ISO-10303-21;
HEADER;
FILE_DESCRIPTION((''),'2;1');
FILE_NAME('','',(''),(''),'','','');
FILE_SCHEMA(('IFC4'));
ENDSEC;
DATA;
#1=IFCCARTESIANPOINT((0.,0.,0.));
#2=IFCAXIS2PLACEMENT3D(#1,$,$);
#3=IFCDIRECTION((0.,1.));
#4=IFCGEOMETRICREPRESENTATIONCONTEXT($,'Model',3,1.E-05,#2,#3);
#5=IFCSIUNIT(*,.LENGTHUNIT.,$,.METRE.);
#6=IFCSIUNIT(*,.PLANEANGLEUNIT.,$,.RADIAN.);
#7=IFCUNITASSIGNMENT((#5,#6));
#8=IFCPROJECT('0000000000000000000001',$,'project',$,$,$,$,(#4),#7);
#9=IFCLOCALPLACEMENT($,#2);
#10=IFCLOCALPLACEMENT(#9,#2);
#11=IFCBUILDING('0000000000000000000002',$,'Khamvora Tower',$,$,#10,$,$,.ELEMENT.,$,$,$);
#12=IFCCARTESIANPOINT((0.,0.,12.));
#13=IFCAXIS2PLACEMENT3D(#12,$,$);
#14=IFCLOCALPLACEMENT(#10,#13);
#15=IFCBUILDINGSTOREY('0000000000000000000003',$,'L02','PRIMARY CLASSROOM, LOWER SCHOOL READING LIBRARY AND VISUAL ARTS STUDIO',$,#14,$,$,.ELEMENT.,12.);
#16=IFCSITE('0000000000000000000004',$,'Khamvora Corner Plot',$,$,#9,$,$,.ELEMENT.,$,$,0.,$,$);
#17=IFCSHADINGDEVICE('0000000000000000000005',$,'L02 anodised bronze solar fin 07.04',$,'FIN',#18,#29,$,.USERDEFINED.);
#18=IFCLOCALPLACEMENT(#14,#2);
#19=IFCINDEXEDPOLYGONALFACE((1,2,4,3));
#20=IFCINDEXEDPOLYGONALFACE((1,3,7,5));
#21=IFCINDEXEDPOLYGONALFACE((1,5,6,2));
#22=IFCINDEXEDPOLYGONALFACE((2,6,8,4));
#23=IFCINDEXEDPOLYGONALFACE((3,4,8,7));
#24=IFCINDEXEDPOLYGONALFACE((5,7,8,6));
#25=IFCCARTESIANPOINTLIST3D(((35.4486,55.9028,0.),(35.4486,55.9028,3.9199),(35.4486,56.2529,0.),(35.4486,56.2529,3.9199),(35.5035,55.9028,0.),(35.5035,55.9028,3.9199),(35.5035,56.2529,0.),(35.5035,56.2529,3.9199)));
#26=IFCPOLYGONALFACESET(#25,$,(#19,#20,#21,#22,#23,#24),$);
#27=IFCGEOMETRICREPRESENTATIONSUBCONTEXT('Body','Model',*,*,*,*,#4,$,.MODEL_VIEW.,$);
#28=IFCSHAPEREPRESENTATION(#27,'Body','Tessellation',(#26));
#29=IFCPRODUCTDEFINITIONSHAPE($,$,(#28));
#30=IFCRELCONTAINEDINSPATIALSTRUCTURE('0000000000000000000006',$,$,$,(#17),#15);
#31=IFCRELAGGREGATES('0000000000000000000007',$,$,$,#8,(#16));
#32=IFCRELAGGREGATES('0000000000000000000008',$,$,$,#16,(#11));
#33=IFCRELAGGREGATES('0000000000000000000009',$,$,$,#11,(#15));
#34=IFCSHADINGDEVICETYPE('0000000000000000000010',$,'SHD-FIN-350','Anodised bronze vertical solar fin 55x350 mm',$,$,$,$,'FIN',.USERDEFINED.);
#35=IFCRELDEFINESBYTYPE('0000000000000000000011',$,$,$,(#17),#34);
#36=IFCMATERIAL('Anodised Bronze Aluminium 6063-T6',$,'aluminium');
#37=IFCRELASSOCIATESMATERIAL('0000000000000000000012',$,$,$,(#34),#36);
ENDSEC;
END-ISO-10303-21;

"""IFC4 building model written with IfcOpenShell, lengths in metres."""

from ifc_helpers import new_model, si_unit, direction, frame, origin, origin_2d, place, context, subcontext, project, spatial, rectangle, extrude, material, type_object, element, save


model = new_model("IFC4")

# Units and contexts
model_context = context("Model", 3, precision=1e-05, world=origin(), true_north=direction((0.0, 1.0)))
body_context = subcontext(model_context, "Body", "Model", "MODEL_VIEW")
ifc_project = project(units=[si_unit("LENGTHUNIT", "METRE"), si_unit("PLANEANGLEUNIT", "RADIAN")], contexts=[model_context])

# Site, building, storey
site_placement = place(None, origin())
site = spatial("IfcSite", under=ifc_project, at=site_placement, Name="Khamvora Corner Plot", CompositionType="ELEMENT", RefElevation=0.0)
building_placement = place(site_placement, origin())
building = spatial("IfcBuilding", under=site, at=building_placement, Name="Khamvora Tower", CompositionType="ELEMENT")
storey_placement = place(building_placement, frame((0.0, 0.0, 12.0)))
storey = spatial("IfcBuildingStorey", under=building, at=storey_placement, Name="L02", Description="PRIMARY CLASSROOM, LOWER SCHOOL READING LIBRARY AND VISUAL ARTS STUDIO", CompositionType="ELEMENT", Elevation=12.0)

# Shading device
ifc_material_1 = material(Name="Anodised Bronze Aluminium 6063-T6", Category="aluminium")
shading_device_type = type_object("IfcShadingDeviceType", Name="SHD-FIN-350", Description="Anodised bronze vertical solar fin 55x350 mm", ElementType="FIN", PredefinedType="USERDEFINED", material=ifc_material_1)
shading_device_placement = place(storey_placement, frame((35.4761, 56.0779, 0.0), z_axis=(0.0, 0.0, 1.0), x_axis=(1.0, 0.0, 0.0)))
element("IfcShadingDevice", 1, at=shading_device_placement, inside=storey, type_object=shading_device_type, Name="L02 anodised bronze solar fin 07.04", ObjectType="FIN", PredefinedType="USERDEFINED", context=body_context, shape_type="SweptSolid", body=[
    extrude(rectangle(XDim=0.0549, YDim=0.3501, at=origin_2d()), origin(), (0.0, 0.0, 1.0), 3.9199),
])

save(model, "model.ifc")
